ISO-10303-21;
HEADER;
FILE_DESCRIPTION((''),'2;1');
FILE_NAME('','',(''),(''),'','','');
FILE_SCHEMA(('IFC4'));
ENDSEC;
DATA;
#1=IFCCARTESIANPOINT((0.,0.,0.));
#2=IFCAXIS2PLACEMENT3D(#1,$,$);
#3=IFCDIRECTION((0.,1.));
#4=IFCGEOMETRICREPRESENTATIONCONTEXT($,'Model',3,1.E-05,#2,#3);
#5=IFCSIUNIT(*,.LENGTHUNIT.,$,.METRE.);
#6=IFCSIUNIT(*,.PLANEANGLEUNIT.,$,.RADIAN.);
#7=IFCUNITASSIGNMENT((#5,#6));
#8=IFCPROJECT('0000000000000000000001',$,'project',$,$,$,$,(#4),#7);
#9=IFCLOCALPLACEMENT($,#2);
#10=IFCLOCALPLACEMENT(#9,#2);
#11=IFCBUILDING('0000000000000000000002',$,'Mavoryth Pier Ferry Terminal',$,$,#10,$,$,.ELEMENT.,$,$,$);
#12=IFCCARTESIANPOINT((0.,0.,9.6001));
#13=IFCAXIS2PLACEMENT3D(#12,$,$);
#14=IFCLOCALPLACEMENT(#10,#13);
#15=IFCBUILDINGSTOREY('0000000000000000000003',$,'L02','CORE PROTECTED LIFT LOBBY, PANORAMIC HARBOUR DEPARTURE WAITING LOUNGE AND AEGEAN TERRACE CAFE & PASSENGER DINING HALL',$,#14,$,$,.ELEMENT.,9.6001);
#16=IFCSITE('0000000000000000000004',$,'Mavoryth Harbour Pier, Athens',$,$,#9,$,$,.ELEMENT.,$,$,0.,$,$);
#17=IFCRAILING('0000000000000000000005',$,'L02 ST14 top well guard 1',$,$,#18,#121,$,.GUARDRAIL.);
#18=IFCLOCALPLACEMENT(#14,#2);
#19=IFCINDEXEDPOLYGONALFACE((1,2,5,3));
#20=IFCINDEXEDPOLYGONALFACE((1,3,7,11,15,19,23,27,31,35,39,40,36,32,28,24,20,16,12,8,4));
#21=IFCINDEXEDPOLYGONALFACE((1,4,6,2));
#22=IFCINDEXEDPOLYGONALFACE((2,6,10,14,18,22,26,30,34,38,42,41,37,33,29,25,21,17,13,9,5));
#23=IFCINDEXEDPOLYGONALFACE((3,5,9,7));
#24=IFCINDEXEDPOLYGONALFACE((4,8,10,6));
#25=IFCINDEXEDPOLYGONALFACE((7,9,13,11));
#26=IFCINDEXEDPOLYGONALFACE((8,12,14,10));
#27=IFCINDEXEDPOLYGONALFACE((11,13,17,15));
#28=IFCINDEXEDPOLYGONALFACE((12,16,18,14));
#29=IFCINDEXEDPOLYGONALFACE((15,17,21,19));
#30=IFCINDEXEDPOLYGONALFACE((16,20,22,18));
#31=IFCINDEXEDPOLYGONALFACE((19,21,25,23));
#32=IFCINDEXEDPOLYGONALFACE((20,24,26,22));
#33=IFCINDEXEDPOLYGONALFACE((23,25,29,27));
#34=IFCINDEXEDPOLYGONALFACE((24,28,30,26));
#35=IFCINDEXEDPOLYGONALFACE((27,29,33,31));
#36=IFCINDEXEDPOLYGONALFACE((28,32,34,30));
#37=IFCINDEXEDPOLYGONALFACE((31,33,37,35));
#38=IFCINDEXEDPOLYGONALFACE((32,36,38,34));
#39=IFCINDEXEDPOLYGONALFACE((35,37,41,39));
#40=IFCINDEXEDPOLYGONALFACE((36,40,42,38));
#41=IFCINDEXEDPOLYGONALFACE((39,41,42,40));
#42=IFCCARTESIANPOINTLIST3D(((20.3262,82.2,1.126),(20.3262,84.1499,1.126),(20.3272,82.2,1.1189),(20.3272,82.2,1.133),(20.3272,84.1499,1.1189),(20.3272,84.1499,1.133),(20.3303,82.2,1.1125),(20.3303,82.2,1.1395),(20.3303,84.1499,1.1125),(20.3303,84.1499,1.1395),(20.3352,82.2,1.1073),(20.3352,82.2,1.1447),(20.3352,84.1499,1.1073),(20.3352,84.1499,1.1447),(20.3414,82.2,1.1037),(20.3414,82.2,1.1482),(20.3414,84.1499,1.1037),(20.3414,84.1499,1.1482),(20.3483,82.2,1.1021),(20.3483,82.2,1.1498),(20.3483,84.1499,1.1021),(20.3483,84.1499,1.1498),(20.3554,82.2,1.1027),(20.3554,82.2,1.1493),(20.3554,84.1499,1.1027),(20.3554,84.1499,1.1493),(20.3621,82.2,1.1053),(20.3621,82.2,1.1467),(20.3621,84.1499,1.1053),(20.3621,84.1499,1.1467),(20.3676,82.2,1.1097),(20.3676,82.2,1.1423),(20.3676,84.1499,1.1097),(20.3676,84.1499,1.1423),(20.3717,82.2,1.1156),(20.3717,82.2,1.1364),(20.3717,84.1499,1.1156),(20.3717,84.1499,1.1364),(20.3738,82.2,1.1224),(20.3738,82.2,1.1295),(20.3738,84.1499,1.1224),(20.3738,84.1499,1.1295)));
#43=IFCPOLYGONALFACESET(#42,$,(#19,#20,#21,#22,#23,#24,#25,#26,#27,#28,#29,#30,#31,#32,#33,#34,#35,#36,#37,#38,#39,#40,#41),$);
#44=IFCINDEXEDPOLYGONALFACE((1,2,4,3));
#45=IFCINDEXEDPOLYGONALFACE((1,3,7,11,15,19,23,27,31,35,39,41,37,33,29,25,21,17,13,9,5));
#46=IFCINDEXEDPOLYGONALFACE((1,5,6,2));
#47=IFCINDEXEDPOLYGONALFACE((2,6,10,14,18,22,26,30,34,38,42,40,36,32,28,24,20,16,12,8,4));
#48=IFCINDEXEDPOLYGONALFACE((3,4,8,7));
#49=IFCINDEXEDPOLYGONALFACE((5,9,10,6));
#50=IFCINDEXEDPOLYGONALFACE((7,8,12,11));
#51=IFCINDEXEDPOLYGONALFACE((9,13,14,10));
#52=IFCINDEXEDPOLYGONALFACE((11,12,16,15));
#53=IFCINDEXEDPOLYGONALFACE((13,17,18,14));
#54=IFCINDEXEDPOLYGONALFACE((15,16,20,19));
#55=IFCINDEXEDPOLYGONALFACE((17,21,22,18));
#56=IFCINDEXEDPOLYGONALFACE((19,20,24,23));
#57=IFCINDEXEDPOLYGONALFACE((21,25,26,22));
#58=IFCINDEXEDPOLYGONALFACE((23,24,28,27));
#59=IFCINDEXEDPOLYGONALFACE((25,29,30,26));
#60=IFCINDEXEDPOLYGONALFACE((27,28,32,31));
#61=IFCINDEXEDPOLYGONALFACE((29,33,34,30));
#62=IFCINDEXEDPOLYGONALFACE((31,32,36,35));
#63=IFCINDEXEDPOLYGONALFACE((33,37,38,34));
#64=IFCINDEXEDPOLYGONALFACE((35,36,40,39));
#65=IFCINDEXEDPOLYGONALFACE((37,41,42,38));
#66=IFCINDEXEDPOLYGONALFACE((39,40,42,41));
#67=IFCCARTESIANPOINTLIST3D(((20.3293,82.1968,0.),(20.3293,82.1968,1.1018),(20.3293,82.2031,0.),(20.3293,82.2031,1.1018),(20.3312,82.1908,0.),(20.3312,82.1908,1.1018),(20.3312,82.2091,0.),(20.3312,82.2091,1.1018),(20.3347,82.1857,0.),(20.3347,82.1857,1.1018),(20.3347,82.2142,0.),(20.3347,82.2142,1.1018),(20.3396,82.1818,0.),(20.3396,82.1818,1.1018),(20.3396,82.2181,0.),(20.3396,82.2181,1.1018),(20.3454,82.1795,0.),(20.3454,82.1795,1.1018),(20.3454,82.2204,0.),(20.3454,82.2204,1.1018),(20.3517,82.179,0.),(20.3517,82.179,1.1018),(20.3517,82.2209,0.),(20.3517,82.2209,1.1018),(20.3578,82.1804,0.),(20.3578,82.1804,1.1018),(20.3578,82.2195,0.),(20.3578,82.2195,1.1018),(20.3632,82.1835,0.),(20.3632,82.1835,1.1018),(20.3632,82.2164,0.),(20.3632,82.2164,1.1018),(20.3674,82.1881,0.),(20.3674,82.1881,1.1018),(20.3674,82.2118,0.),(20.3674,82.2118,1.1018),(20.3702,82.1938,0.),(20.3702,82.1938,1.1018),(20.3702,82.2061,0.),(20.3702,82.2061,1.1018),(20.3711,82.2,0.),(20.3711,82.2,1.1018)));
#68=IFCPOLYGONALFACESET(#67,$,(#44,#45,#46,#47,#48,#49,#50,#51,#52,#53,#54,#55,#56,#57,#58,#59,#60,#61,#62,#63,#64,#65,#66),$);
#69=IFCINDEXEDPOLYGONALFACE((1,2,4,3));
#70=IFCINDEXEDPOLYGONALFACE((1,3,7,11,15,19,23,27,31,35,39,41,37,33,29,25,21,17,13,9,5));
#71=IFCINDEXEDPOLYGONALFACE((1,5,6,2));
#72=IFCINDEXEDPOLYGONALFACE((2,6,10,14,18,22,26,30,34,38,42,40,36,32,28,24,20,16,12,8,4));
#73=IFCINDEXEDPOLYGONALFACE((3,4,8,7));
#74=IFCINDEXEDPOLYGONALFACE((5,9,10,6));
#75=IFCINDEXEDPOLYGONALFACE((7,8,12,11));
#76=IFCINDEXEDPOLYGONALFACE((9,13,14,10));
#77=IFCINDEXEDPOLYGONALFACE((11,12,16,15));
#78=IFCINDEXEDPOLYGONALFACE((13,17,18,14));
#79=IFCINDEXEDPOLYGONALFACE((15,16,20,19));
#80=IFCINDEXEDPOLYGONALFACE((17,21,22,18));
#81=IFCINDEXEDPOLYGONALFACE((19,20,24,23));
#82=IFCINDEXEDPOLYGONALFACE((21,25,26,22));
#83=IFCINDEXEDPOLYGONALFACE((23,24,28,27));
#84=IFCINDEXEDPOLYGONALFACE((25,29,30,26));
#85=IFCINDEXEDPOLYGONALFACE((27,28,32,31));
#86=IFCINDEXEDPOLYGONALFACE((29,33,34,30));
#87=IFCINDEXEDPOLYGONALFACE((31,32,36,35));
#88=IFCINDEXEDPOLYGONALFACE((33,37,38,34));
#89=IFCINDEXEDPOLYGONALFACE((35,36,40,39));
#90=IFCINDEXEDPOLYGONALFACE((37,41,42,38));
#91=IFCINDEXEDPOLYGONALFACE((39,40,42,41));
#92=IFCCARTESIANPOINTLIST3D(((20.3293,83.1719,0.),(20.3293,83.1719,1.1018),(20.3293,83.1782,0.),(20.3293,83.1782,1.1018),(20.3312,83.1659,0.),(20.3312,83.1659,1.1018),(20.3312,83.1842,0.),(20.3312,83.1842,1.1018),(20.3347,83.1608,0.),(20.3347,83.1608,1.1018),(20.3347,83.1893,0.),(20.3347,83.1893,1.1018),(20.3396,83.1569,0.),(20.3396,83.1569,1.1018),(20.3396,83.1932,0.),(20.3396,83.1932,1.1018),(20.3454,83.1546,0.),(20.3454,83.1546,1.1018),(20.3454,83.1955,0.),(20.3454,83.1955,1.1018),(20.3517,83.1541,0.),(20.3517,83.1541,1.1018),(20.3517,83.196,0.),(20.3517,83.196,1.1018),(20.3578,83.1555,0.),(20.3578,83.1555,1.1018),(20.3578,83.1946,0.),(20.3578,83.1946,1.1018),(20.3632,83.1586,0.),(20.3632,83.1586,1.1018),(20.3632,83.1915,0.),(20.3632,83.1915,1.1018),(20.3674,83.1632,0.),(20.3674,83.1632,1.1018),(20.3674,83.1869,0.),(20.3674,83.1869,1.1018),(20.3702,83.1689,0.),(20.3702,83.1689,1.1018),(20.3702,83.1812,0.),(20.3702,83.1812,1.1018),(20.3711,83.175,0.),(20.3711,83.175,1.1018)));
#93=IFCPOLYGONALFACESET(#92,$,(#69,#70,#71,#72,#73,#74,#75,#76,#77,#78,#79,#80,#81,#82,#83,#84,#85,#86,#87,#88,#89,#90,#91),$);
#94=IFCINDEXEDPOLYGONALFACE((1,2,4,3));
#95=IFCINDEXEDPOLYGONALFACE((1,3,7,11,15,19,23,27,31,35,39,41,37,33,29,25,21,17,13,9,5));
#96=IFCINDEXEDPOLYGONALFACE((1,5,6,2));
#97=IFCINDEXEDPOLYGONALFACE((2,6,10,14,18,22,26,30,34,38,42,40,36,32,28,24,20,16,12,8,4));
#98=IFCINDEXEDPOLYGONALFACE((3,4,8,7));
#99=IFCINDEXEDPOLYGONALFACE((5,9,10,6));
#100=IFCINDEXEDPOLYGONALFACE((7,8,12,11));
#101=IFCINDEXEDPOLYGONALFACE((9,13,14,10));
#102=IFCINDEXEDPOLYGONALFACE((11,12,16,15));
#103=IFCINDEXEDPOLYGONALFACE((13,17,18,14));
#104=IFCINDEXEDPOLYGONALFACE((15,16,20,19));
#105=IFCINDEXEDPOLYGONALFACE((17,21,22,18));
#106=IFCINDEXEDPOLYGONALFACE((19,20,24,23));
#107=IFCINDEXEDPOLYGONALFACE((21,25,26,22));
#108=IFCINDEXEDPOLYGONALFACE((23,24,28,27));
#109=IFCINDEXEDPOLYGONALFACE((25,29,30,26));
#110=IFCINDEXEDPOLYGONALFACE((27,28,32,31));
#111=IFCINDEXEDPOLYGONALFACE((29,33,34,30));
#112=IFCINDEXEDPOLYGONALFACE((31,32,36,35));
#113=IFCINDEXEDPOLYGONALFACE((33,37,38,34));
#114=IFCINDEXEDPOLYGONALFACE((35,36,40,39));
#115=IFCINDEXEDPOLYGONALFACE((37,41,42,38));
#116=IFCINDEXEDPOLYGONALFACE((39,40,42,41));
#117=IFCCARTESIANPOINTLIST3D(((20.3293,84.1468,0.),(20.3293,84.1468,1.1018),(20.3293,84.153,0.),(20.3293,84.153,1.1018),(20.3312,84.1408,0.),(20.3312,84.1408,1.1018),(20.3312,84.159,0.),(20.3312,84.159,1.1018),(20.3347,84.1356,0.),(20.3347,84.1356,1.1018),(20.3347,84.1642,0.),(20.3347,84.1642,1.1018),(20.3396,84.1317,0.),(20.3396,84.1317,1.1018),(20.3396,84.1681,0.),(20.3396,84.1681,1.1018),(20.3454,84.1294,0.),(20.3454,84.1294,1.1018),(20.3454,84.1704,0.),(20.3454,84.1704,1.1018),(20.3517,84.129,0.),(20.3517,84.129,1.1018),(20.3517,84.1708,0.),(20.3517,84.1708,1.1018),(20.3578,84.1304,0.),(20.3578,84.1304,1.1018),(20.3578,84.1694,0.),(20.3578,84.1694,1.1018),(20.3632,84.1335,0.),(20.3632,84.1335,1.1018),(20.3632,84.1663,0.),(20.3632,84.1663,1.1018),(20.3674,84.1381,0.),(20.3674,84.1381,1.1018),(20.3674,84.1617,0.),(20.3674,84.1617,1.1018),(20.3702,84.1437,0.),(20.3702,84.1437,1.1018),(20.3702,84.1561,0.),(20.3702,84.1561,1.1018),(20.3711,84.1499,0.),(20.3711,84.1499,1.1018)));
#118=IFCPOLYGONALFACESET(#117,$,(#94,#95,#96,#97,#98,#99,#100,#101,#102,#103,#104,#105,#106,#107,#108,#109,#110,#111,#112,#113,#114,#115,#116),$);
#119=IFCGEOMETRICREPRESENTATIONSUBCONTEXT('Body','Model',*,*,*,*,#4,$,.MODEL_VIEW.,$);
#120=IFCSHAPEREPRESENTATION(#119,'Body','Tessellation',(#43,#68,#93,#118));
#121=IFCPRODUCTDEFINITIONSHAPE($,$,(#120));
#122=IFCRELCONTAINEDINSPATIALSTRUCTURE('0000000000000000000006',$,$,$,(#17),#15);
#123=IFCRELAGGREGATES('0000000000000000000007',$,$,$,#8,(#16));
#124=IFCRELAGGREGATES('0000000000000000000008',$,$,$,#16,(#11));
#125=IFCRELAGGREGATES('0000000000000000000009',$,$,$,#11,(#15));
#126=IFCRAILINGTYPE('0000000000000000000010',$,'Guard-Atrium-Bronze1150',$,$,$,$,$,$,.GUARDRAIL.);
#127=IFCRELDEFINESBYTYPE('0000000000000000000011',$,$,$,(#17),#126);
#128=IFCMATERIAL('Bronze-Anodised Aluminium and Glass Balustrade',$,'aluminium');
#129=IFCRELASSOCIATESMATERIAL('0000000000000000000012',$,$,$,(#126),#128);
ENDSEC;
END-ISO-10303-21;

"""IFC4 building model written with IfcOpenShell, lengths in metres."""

from ifc_helpers import new_model, si_unit, direction, frame, origin, origin_2d, place, context, subcontext, project, spatial, circle, extrude, material, type_object, element, save


model = new_model("IFC4")

# Units and contexts
model_context = context("Model", 3, precision=1e-05, world=origin(), true_north=direction((0.0, 1.0)))
body_context = subcontext(model_context, "Body", "Model", "MODEL_VIEW")
ifc_project = project(units=[si_unit("LENGTHUNIT", "METRE"), si_unit("PLANEANGLEUNIT", "RADIAN")], contexts=[model_context])

# Site, building, storey
site_placement = place(None, origin())
site = spatial("IfcSite", under=ifc_project, at=site_placement, Name="Mavoryth Harbour Pier, Athens", CompositionType="ELEMENT", RefElevation=0.0)
building_placement = place(site_placement, origin())
building = spatial("IfcBuilding", under=site, at=building_placement, Name="Mavoryth Pier Ferry Terminal", CompositionType="ELEMENT")
storey_placement = place(building_placement, frame((0.0, 0.0, 9.6001)))
storey = spatial("IfcBuildingStorey", under=building, at=storey_placement, Name="L02", Description="CORE PROTECTED LIFT LOBBY, PANORAMIC HARBOUR DEPARTURE WAITING LOUNGE AND AEGEAN TERRACE CAFE & PASSENGER DINING HALL", CompositionType="ELEMENT", Elevation=9.6001)

# Railing
ifc_material_1 = material(Name="Bronze-Anodised Aluminium and Glass Balustrade", Category="aluminium")
railing_type = type_object("IfcRailingType", Name="Guard-Atrium-Bronze1150", PredefinedType="GUARDRAIL", material=ifc_material_1)
railing_placement = place(storey_placement, frame((20.3501, 82.2, 0.0)))
element("IfcRailing", 1, at=railing_placement, inside=storey, type_object=railing_type, Name="L02 ST14 top well guard 1", PredefinedType="GUARDRAIL", context=body_context, shape_type="SweptSolid", body=[
    extrude(circle(Radius=0.0239, at=origin_2d()), frame((0.0, 0.0, 1.126), z_axis=(0.0, 1.0, 0.0), x_axis=(-1.0, 0.0, 0.0)), (0.0, 0.0, 1.0), 1.95),
    extrude(circle(Radius=0.021, at=origin_2d()), origin(), (0.0, 0.0, 1.0), 1.1018),
    extrude(circle(Radius=0.021, at=origin_2d()), frame((0.0, 0.9751, 0.0)), (0.0, 0.0, 1.0), 1.1018),
    extrude(circle(Radius=0.021, at=origin_2d()), frame((0.0, 1.95, 0.0)), (0.0, 0.0, 1.0), 1.1018),
])

save(model, "model.ifc")
